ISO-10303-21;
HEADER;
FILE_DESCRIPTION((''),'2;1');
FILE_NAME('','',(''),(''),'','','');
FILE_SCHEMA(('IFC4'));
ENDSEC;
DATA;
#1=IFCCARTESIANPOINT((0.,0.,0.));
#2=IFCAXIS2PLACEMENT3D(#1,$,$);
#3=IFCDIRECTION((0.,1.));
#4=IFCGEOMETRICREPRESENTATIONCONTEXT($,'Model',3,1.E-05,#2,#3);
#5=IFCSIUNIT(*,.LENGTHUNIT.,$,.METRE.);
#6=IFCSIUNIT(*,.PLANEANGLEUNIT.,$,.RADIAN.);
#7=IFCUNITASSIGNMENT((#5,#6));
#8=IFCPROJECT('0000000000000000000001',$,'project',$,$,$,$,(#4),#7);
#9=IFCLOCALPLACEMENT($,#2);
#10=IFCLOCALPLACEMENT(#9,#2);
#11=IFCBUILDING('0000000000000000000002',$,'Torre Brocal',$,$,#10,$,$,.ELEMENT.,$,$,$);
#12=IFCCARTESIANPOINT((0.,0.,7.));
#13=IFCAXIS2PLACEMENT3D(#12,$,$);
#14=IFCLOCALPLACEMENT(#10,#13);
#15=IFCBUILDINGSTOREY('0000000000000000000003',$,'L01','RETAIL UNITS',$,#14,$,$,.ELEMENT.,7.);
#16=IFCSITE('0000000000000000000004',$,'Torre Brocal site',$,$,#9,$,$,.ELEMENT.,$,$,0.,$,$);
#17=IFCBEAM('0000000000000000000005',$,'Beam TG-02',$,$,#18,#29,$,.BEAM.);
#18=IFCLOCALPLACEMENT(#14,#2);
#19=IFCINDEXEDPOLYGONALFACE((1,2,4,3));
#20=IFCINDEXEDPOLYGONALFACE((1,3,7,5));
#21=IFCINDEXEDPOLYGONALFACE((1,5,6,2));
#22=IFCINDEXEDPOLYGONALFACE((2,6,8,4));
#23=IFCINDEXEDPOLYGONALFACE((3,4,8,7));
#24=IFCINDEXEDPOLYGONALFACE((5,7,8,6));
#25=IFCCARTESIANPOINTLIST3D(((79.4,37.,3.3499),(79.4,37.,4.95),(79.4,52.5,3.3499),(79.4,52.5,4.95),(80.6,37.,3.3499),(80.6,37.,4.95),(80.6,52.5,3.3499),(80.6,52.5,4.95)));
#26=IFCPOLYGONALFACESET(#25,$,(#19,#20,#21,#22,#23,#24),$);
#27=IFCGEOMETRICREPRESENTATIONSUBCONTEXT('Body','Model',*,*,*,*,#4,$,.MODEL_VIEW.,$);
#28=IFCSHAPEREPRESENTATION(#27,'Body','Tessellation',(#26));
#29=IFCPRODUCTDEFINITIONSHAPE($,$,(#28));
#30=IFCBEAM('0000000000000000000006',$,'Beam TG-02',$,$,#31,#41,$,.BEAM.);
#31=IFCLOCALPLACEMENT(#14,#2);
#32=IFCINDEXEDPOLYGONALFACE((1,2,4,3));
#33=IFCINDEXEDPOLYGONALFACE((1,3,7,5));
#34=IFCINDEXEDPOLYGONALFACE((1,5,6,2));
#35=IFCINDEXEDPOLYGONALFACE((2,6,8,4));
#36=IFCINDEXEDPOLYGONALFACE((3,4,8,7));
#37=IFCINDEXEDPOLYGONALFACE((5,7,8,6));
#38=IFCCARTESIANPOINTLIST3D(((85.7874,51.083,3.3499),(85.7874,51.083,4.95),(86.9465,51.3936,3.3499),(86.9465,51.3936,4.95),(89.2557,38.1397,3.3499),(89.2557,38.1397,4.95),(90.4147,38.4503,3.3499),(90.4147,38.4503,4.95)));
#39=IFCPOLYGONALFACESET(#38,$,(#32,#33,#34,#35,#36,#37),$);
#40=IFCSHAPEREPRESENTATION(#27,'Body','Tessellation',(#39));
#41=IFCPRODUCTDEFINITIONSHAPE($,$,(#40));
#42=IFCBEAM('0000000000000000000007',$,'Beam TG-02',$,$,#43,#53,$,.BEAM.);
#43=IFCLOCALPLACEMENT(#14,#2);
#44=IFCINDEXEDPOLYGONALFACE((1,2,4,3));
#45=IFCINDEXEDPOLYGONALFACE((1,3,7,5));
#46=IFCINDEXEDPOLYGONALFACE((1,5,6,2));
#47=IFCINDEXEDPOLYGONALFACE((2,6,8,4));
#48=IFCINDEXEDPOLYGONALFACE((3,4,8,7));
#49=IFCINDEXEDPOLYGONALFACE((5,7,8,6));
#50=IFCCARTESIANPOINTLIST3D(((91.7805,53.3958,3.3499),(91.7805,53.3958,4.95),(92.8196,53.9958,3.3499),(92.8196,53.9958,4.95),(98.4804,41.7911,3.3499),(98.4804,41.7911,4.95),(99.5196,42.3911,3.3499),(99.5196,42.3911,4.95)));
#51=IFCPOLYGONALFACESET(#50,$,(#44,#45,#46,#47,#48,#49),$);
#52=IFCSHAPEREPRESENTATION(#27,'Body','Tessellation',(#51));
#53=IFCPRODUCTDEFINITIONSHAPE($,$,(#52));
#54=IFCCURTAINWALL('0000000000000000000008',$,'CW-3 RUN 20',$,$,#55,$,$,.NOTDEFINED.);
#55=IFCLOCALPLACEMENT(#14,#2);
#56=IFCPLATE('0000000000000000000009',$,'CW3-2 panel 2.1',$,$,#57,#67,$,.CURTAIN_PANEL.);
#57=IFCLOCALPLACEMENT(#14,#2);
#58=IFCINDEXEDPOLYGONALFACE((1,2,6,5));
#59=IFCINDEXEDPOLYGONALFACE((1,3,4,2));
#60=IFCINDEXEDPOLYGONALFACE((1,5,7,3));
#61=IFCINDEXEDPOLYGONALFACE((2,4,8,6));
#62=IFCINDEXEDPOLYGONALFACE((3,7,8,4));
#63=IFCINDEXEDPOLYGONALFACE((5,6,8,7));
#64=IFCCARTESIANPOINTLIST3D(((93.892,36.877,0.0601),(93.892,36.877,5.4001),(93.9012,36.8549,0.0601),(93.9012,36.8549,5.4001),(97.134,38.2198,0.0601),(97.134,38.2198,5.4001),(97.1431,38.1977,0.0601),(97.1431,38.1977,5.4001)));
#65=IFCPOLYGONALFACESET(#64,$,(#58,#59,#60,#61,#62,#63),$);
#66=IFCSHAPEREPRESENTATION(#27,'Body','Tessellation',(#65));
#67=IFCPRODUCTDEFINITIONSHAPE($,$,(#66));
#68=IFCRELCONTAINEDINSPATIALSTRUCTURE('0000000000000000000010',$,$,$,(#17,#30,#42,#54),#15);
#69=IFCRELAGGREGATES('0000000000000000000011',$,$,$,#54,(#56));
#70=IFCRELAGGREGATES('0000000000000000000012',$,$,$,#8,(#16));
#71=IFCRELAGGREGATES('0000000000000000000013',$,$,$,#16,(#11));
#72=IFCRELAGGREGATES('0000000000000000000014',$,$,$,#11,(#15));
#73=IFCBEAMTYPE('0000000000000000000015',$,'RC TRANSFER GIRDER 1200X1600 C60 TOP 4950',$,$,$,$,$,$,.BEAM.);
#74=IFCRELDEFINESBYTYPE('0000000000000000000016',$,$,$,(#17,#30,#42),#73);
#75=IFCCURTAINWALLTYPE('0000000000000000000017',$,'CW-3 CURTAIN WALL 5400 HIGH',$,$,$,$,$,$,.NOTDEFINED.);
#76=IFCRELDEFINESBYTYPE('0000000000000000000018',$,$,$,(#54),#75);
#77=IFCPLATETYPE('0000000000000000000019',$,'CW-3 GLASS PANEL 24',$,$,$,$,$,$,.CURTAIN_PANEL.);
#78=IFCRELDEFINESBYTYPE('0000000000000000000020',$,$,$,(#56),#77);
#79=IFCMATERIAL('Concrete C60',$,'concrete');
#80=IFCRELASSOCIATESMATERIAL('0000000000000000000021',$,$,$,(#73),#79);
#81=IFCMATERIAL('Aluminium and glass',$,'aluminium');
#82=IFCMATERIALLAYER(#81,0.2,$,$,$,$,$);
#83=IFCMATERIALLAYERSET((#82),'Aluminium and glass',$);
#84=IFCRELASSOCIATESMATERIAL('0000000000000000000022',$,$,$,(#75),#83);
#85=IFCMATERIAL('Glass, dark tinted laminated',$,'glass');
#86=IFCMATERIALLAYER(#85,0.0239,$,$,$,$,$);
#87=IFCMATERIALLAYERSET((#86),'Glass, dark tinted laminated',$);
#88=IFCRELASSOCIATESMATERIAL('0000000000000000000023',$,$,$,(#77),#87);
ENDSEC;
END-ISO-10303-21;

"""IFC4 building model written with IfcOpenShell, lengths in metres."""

from ifc_helpers import new_model, si_unit, direction, frame, origin, origin_2d, place, context, subcontext, project, spatial, rectangle, extrude, material, layer, layer_set, material_profile, profile_set, type_object, element, aggregate, save


model = new_model("IFC4")

# Units and contexts
model_context = context("Model", 3, precision=1e-05, world=origin(), true_north=direction((0.0, 1.0)))
body_context = subcontext(model_context, "Body", "Model", "MODEL_VIEW")
ifc_project = project(units=[si_unit("LENGTHUNIT", "METRE"), si_unit("PLANEANGLEUNIT", "RADIAN")], contexts=[model_context])

# Site, building, storey
site_placement = place(None, origin())
site = spatial("IfcSite", under=ifc_project, at=site_placement, Name="Torre Brocal site", CompositionType="ELEMENT", RefElevation=0.0)
building_placement = place(site_placement, origin())
building = spatial("IfcBuilding", under=site, at=building_placement, Name="Torre Brocal", CompositionType="ELEMENT")
storey_placement = place(building_placement, frame((0.0, 0.0, 7.0)))
storey = spatial("IfcBuildingStorey", under=building, at=storey_placement, Name="L01", Description="RETAIL UNITS", CompositionType="ELEMENT", Elevation=7.0)

# Beams
ifc_material_1 = material(Name="Concrete C60", Category="concrete")
ifc_material_profile_1 = material_profile(ifc_material_1, rectangle(XDim=1.2, YDim=1.6001, at=origin_2d()), Name="RC 1200X1600")
ifc_profile_set_1 = profile_set([ifc_material_profile_1], Name="Concrete C60")
beam_type_1 = type_object("IfcBeamType", Name="RC TRANSFER GIRDER 1200X1600 C60 TOP 4950", PredefinedType="BEAM", material=ifc_profile_set_1)
beam_1_placement = place(storey_placement, frame((80.0, 52.5, 4.1499), z_axis=(0.0, -1.0, 0.0), x_axis=(1.0, 0.0, 0.0)))
element("IfcBeam", 1, at=beam_1_placement, inside=storey, type_object=beam_type_1, Name="Beam TG-02", PredefinedType="BEAM", context=body_context, shape_type="SweptSolid", body=[
    extrude(rectangle(XDim=1.2, YDim=1.6001, at=origin_2d()), origin(), (0.0, 0.0, 1.0), 15.5),
])
for number, where, z_axis, x_axis, name in (
    (2, (86.3669, 51.2383, 4.1499), (0.258826, -0.965924, 0.0), (0.965924, 0.258826, 0.0), "Beam TG-02"),
    (3, (92.3, 53.6958, 4.1499), (0.499997, -0.866027, 0.0), (0.866027, 0.499997, 0.0), "Beam TG-02"),
):
    element("IfcBeam", number, at=place(storey_placement, frame(where, z_axis=z_axis, x_axis=x_axis)), inside=storey, type_object=beam_type_1, Name=name, PredefinedType="BEAM", context=body_context, shape_type="SweptSolid", body=[
        extrude(rectangle(XDim=1.2, YDim=1.6001, at=origin_2d()), origin(), (0.0, 0.0, 1.0), 13.3999),
    ])

# Curtain wall, plate
ifc_material_2 = material(Name="Aluminium and glass", Category="aluminium")
ifc_layer_1 = layer(ifc_material_2, 0.2)
ifc_layer_set_1 = layer_set([ifc_layer_1], Name="Aluminium and glass")
curtain_wall_type = type_object("IfcCurtainWallType", Name="CW-3 CURTAIN WALL 5400 HIGH", PredefinedType="NOTDEFINED", material=ifc_layer_set_1)
curtain_wall_placement = place(storey_placement, origin())
curtain_wall = element("IfcCurtainWall", 4, at=curtain_wall_placement, inside=storey, type_object=curtain_wall_type, Name="CW-3 RUN 20", PredefinedType="NOTDEFINED")
ifc_material_3 = material(Name="Glass, dark tinted laminated", Category="glass")
ifc_layer_2 = layer(ifc_material_3, 0.0239)
ifc_layer_set_2 = layer_set([ifc_layer_2], Name="Glass, dark tinted laminated")
plate_type = type_object("IfcPlateType", Name="CW-3 GLASS PANEL 24", PredefinedType="CURTAIN_PANEL", material=ifc_layer_set_2)
plate_placement = place(storey_placement, frame((95.5176, 37.5374, 0.0601), z_axis=(0.0, 0.0, 1.0), x_axis=(0.92388, 0.382683, 0.0)))
plate = element("IfcPlate", 5, at=plate_placement, type_object=plate_type, Name="CW3-2 panel 2.1", PredefinedType="CURTAIN_PANEL", context=body_context, shape_type="SweptSolid", body=[
    extrude(rectangle(XDim=3.509, YDim=0.0239, at=origin_2d()), origin(), (0.0, 0.0, 1.0), 5.3401),
])
aggregate(curtain_wall, [plate])

save(model, "model.ifc")
